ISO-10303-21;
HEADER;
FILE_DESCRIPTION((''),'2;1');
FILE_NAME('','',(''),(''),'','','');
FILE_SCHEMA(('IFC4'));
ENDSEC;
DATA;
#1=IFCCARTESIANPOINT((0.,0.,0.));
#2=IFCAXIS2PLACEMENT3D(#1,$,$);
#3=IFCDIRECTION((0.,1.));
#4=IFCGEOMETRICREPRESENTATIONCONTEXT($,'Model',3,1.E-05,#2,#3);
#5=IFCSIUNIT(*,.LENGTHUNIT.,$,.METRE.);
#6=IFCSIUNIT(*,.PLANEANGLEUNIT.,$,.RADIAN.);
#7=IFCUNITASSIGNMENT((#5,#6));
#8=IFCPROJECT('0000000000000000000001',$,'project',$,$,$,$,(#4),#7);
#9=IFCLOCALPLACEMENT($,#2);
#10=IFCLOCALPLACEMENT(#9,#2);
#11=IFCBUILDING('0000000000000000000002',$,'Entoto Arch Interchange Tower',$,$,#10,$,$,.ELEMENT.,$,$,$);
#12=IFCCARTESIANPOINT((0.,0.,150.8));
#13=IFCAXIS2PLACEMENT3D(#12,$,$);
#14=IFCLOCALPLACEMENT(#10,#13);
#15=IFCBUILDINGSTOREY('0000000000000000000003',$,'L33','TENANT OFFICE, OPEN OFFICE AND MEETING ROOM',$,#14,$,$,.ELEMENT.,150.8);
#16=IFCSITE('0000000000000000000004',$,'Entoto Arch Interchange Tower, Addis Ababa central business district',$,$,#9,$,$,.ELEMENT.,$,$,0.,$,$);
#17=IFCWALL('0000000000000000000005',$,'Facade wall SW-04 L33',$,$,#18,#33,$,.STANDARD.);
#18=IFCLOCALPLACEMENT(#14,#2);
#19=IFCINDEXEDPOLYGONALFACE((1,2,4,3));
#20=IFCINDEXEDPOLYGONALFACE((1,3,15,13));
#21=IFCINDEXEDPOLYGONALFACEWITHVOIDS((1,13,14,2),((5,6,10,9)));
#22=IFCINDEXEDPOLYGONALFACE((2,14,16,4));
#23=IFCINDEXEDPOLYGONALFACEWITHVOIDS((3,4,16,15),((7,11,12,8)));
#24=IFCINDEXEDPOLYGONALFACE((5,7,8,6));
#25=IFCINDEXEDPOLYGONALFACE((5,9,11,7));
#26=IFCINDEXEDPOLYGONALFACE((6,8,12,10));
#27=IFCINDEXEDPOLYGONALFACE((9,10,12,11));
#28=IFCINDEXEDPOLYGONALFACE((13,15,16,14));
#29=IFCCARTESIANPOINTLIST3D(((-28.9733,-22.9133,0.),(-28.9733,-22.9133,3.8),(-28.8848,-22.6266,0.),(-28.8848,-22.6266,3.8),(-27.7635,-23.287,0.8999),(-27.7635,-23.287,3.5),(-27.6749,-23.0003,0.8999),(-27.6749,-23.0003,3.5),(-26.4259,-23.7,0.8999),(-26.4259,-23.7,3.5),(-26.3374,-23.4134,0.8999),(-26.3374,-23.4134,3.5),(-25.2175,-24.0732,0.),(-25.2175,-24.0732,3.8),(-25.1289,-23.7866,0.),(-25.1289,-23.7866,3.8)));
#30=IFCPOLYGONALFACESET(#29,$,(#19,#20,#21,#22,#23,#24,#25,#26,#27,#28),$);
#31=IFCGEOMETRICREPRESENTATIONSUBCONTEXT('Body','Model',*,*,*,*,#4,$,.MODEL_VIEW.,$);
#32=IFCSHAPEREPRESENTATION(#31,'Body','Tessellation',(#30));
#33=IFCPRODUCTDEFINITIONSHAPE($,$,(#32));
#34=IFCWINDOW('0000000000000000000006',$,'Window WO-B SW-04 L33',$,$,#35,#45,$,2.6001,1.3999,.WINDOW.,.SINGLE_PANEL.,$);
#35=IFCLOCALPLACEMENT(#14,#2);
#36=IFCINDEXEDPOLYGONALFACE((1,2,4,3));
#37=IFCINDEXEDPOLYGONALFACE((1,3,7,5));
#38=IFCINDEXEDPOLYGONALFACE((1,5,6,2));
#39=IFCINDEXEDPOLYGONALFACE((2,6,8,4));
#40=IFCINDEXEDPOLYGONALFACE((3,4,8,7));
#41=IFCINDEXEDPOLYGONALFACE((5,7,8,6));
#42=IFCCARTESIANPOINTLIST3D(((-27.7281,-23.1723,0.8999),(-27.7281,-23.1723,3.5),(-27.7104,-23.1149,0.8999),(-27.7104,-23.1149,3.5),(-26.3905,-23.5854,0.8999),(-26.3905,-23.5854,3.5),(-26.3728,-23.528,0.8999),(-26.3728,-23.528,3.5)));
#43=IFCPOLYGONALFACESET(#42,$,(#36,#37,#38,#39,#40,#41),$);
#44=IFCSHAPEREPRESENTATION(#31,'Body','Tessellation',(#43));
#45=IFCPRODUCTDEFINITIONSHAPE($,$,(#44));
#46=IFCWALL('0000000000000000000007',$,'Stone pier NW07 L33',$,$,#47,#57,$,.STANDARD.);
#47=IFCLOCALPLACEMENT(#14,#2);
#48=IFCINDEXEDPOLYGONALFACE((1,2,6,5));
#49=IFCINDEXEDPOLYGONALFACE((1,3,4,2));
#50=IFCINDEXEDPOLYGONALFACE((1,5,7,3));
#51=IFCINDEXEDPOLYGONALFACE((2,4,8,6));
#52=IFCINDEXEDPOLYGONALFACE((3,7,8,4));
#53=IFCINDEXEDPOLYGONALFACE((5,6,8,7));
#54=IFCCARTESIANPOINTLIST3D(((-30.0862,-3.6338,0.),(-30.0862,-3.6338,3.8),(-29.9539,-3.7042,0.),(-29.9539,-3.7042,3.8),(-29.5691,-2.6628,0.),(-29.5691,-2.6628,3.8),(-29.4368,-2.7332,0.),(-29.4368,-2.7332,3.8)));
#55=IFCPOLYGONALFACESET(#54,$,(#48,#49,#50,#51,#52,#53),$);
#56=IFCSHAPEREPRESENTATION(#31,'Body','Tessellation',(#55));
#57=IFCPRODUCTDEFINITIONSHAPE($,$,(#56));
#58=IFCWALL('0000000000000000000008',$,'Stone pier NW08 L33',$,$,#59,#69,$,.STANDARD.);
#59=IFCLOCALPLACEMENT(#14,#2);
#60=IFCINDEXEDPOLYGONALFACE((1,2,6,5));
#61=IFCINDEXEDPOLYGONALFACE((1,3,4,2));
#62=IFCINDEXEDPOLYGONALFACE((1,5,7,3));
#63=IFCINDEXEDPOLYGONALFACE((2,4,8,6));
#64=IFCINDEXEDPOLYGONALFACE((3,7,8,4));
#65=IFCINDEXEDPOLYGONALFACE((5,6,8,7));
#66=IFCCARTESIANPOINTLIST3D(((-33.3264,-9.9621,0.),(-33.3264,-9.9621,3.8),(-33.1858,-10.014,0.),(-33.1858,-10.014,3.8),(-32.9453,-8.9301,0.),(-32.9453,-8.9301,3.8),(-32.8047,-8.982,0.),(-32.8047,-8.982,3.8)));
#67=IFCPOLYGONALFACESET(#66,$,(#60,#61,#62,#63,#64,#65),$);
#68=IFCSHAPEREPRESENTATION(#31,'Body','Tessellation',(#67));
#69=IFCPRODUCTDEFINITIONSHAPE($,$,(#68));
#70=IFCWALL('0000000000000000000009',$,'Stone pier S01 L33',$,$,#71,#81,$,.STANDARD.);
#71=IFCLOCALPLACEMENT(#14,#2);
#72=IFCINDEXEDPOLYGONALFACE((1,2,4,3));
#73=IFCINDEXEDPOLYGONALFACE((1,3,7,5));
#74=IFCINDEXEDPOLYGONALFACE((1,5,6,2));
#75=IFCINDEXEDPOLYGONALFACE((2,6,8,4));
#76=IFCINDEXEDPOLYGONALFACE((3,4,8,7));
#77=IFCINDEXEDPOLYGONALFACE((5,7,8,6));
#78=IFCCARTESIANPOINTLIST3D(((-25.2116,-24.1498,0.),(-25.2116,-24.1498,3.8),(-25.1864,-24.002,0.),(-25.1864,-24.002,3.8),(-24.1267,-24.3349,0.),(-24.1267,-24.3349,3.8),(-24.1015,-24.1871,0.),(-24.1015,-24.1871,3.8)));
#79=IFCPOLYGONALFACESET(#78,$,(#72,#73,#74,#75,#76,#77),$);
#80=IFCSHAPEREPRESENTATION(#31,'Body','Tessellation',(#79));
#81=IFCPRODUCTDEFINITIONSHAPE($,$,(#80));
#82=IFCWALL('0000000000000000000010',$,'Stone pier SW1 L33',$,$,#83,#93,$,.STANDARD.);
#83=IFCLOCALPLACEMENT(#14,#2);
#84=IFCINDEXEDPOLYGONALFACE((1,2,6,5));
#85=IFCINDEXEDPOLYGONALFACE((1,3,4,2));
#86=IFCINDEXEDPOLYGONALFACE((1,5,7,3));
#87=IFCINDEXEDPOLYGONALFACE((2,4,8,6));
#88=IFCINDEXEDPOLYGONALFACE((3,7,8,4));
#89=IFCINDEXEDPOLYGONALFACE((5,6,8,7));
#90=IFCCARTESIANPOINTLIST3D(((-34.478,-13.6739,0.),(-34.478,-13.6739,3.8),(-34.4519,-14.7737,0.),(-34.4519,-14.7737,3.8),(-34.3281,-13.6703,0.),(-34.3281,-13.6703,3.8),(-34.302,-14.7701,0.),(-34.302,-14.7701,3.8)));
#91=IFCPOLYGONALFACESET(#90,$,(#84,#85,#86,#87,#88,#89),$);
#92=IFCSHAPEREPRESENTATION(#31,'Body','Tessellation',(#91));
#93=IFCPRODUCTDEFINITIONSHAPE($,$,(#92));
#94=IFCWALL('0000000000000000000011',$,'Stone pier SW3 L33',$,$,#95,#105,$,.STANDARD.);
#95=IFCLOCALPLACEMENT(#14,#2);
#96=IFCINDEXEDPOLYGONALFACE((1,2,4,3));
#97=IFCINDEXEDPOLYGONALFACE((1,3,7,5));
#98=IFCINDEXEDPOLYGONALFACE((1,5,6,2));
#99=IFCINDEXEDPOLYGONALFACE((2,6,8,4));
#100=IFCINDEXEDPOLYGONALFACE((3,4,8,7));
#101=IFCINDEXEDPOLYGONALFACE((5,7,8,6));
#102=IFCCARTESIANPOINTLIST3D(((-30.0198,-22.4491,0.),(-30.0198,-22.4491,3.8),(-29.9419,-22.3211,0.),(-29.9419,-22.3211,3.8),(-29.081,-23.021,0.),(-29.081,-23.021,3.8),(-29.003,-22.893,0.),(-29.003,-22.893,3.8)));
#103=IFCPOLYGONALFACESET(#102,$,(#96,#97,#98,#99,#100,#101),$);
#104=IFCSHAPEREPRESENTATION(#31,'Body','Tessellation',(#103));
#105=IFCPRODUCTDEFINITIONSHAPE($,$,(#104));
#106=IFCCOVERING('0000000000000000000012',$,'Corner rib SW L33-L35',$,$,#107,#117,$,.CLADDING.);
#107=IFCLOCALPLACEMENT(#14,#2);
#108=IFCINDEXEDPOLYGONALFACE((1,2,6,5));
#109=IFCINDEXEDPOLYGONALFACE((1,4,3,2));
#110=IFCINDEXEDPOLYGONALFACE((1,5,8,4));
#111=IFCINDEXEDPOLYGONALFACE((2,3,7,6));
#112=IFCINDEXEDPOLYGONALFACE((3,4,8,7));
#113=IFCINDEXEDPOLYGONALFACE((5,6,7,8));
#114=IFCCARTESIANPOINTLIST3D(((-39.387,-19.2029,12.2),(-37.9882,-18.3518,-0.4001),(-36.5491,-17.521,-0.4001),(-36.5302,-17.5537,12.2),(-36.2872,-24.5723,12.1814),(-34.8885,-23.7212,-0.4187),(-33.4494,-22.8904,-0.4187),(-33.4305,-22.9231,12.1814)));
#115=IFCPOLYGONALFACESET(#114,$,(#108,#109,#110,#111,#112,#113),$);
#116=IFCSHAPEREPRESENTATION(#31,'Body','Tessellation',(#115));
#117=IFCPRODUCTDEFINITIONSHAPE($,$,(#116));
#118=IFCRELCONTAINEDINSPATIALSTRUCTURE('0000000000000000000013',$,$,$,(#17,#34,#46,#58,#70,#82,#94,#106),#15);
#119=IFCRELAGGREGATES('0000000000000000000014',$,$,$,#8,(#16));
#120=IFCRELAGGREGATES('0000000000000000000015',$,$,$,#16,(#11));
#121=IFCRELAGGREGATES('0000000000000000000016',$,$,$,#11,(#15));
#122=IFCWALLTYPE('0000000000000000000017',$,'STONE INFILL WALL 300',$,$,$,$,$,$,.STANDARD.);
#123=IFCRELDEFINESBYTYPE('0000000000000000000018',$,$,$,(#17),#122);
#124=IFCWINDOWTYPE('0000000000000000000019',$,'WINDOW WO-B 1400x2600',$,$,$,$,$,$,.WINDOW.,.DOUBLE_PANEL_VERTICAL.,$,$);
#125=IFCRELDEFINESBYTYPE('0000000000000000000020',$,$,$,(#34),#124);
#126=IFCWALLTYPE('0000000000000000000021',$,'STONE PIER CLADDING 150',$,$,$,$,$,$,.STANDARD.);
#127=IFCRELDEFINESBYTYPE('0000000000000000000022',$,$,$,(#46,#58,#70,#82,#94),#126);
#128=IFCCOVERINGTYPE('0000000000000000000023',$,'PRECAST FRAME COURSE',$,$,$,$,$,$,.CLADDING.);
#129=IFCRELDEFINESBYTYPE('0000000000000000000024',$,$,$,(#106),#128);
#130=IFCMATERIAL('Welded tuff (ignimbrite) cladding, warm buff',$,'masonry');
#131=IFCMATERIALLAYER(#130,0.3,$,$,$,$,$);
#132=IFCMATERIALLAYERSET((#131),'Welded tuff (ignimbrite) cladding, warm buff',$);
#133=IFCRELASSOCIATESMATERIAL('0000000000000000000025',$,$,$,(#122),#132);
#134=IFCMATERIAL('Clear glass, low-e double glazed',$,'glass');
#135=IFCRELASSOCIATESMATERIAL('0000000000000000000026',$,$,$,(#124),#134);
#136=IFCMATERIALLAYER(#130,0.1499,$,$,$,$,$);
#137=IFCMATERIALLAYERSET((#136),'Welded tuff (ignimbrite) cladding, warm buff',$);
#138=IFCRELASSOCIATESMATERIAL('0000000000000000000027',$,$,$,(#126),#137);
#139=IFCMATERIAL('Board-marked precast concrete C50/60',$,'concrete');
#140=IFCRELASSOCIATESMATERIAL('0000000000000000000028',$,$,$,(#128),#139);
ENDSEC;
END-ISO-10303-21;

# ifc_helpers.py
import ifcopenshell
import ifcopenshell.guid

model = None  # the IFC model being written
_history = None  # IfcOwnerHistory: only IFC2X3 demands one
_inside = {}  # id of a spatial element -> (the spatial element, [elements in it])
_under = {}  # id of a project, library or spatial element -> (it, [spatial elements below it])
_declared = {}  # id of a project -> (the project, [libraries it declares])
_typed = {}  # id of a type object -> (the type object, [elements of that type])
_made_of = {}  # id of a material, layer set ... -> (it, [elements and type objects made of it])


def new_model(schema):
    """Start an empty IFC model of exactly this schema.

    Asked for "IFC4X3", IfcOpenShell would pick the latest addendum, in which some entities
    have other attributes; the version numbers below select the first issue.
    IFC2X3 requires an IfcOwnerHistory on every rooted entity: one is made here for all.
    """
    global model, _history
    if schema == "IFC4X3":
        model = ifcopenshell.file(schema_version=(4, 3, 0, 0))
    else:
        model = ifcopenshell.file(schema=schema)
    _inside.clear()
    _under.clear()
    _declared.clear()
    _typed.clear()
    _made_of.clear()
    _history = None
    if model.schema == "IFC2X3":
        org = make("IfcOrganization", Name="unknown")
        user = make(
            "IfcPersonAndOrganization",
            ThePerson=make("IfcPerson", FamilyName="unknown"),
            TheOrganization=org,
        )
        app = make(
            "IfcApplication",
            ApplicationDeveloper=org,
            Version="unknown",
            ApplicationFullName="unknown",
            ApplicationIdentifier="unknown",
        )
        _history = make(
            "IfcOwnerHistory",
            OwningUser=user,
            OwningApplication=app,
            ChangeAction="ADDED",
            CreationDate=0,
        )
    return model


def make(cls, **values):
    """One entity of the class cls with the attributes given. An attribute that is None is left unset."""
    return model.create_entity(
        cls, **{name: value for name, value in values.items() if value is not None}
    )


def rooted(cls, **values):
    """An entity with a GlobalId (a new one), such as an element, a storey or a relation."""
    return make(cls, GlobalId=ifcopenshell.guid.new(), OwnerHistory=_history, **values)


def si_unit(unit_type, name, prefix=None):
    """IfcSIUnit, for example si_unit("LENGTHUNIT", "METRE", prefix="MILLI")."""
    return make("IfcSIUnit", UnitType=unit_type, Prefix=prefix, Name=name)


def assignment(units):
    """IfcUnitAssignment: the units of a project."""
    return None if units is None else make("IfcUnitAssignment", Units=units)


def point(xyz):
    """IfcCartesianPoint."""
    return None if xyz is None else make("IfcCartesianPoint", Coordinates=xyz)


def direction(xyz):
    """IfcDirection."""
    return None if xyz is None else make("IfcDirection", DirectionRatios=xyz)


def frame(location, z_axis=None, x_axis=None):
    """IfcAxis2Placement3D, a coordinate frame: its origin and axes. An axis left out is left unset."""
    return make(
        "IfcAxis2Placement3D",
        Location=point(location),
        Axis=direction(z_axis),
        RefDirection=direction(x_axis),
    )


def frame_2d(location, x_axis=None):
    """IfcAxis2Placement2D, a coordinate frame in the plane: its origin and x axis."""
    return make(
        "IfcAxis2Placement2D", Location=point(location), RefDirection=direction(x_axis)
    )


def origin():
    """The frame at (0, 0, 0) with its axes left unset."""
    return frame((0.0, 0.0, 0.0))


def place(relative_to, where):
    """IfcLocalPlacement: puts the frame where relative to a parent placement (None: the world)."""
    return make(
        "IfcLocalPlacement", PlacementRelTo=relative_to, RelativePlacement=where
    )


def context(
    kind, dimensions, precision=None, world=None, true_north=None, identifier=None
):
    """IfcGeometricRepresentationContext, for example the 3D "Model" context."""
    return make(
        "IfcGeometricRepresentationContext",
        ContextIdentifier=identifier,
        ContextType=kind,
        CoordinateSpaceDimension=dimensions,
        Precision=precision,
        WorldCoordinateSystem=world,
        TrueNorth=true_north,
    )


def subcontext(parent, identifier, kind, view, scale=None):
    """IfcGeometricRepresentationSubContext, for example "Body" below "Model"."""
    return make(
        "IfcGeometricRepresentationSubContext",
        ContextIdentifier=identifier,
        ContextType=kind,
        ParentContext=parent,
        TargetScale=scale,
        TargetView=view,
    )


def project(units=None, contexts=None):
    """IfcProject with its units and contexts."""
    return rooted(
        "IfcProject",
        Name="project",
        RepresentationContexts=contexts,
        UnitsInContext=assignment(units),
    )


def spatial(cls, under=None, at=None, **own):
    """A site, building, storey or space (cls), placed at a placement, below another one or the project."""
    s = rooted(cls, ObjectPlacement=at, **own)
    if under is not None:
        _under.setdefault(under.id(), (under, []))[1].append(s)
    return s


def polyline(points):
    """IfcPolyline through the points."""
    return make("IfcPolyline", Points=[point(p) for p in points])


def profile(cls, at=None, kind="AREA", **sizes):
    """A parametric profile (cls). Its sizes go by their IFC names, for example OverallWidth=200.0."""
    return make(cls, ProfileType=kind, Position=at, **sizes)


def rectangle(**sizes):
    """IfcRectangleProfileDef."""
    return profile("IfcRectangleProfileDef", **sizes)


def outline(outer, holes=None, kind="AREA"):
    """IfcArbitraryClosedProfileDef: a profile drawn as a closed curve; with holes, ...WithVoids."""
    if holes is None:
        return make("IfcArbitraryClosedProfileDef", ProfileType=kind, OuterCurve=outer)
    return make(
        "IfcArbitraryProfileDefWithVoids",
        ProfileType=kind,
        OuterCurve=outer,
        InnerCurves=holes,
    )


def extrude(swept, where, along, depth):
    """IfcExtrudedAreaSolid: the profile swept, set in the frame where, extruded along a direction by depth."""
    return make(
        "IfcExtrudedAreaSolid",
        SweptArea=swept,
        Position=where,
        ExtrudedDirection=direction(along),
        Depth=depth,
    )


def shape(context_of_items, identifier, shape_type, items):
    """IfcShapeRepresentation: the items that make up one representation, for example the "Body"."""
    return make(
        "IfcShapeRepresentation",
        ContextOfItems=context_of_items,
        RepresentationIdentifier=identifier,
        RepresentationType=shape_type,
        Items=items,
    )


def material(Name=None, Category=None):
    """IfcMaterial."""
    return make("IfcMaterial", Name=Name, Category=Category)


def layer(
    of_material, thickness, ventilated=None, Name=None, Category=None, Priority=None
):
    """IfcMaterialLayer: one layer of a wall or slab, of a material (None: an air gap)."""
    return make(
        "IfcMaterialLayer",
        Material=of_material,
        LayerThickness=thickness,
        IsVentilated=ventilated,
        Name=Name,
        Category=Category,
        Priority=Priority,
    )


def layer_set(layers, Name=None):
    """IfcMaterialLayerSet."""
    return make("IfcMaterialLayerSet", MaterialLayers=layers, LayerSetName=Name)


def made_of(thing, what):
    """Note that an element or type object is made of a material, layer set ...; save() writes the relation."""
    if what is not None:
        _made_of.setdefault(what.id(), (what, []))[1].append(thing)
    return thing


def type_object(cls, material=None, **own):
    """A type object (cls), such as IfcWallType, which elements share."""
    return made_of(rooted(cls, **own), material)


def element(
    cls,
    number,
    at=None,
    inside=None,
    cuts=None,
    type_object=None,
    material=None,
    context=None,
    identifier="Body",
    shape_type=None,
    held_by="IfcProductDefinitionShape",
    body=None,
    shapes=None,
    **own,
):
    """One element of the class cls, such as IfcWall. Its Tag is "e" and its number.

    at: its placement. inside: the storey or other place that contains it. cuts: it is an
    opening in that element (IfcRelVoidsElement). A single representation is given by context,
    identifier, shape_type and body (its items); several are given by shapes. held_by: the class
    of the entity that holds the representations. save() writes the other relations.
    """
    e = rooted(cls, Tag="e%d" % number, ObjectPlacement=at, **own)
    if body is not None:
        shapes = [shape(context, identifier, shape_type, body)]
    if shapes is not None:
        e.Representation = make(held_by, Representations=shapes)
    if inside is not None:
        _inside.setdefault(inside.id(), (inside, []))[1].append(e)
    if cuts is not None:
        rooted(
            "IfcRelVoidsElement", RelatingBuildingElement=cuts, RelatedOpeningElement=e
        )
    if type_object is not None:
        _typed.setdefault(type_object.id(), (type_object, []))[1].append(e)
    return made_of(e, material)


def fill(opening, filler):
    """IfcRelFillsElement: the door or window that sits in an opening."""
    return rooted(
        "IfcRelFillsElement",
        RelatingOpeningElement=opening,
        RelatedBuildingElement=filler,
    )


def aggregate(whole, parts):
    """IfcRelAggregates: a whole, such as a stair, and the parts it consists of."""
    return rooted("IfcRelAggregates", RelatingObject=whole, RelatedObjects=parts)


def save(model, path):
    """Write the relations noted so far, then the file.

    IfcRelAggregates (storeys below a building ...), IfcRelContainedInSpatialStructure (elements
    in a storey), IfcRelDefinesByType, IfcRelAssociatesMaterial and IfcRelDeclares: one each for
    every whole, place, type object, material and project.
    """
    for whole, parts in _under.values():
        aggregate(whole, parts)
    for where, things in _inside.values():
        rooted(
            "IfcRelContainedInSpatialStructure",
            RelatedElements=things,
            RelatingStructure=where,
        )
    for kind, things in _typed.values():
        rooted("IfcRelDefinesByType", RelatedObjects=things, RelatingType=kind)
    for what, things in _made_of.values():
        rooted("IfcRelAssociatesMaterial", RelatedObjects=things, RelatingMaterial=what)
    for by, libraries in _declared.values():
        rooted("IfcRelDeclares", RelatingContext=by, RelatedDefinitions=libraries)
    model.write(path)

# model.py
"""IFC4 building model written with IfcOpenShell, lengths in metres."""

from ifc_helpers import new_model, si_unit, direction, frame, frame_2d, origin, place, context, subcontext, project, spatial, polyline, rectangle, outline, extrude, material, layer, layer_set, type_object, element, fill, save


model = new_model("IFC4")

# Units and contexts
model_context = context("Model", 3, precision=1e-05, world=origin(), true_north=direction((0.0, 1.0)))
body_context = subcontext(model_context, "Body", "Model", "MODEL_VIEW")
ifc_project = project(units=[si_unit("LENGTHUNIT", "METRE"), si_unit("PLANEANGLEUNIT", "RADIAN")], contexts=[model_context])

# Site, building, storey
site_placement = place(None, origin())
site = spatial("IfcSite", under=ifc_project, at=site_placement, Name="Entoto Arch Interchange Tower, Addis Ababa central business district", CompositionType="ELEMENT", RefElevation=0.0)
building_placement = place(site_placement, origin())
building = spatial("IfcBuilding", under=site, at=building_placement, Name="Entoto Arch Interchange Tower", CompositionType="ELEMENT")
storey_placement = place(building_placement, frame((0.0, 0.0, 150.8)))
storey = spatial("IfcBuildingStorey", under=building, at=storey_placement, Name="L33", Description="TENANT OFFICE, OPEN OFFICE AND MEETING ROOM", CompositionType="ELEMENT", Elevation=150.8)

# Shared definitions
ifc_material_1 = material(Name="Welded tuff (ignimbrite) cladding, warm buff", Category="masonry")
ifc_layer_1 = layer(ifc_material_1, 0.3)
ifc_layer_set_1 = layer_set([ifc_layer_1], Name="Welded tuff (ignimbrite) cladding, warm buff")
wall_type_1 = type_object("IfcWallType", Name="STONE INFILL WALL 300", PredefinedType="STANDARD", material=ifc_layer_set_1)
ifc_material_2 = material(Name="Clear glass, low-e double glazed", Category="glass")

# Wall, opening, window
window_type_1 = type_object("IfcWindowType", Name="WINDOW WO-B 1400x2600", PartitioningType="DOUBLE_PANEL_VERTICAL", PredefinedType="WINDOW", material=ifc_material_2)
wall_1_placement = place(storey_placement, frame((-28.929, -22.77, 0.0), z_axis=(0.0, 0.0, 1.0), x_axis=(0.955474, -0.295076, 0.0)))
wall_1 = element("IfcWall", 1, at=wall_1_placement, inside=storey, type_object=wall_type_1, Name="Facade wall SW-04 L33", PredefinedType="STANDARD", context=body_context, shape_type="SweptSolid", body=[
    extrude(rectangle(XDim=3.9309, YDim=0.3, at=frame_2d((1.9653, 0.0))), origin(), (0.0, 0.0, 1.0), 3.8),
])
opening_1_placement = place(wall_1_placement, frame((1.2661, 0.0, 0.8999)))
opening_1 = element("IfcOpeningElement", 2, at=opening_1_placement, cuts=wall_1, PredefinedType="OPENING", context=body_context, shape_type="SweptSolid", body=[
    extrude(rectangle(XDim=1.3999, YDim=2.6001, at=frame_2d((0.7, 1.3))), frame((0.0, 0.1602, 0.0), z_axis=(0.0, -1.0, 0.0), x_axis=(1.0, 0.0, 0.0)), (0.0, 0.0, 1.0), 0.3201),
])
window_1_placement = place(opening_1_placement, origin())
window_1 = element("IfcWindow", 3, at=window_1_placement, inside=storey, type_object=window_type_1, Name="Window WO-B SW-04 L33", OverallHeight=2.6001, OverallWidth=1.3999, PartitioningType="SINGLE_PANEL", PredefinedType="WINDOW", context=body_context, shape_type="SweptSolid", body=[
    extrude(rectangle(XDim=1.3999, YDim=2.6001, at=frame_2d((0.7, 1.3))), frame((0.0, 0.03, 0.0), z_axis=(0.0, -1.0, 0.0), x_axis=(1.0, 0.0, 0.0)), (0.0, 0.0, 1.0), 0.0601),
])
fill(opening_1, window_1)

# Walls
ifc_layer_2 = layer(ifc_material_1, 0.1499)
ifc_layer_set_2 = layer_set([ifc_layer_2], Name="Welded tuff (ignimbrite) cladding, warm buff")
wall_type_2 = type_object("IfcWallType", Name="STONE PIER CLADDING 150", PredefinedType="STANDARD", material=ifc_layer_set_2)
for number, where, z_axis, x_axis, name in (
    (4, (-29.5029, -2.698, 0.0), (0.0, 0.0, 1.0), (-0.470058, -0.882635, 0.0), "Stone pier NW07 L33"),
    (5, (-32.875, -8.9561, 0.0), (0.0, 0.0, 1.0), (-0.346425, -0.938078, 0.0), "Stone pier NW08 L33"),
):
    element("IfcWall", number, at=place(storey_placement, frame(where, z_axis=z_axis, x_axis=x_axis)), inside=storey, type_object=wall_type_2, Name=name, PredefinedType="STANDARD", context=body_context, shape_type="SweptSolid", body=[
        extrude(rectangle(XDim=1.1001, YDim=0.1499, at=frame_2d((0.55, 0.0))), origin(), (0.0, 0.0, 1.0), 3.8),
    ])
wall_2_placement = place(storey_placement, frame((-25.199, -24.0759, 0.0), z_axis=(0.0, 0.0, 1.0), x_axis=(0.985763, -0.168139, 0.0)))
element("IfcWall", 6, at=wall_2_placement, inside=storey, type_object=wall_type_2, Name="Stone pier S01 L33", PredefinedType="STANDARD", context=body_context, shape_type="SweptSolid", body=[
    extrude(rectangle(XDim=1.1006, YDim=0.1499, at=frame_2d((0.5503, 0.0))), origin(), (0.0, 0.0, 1.0), 3.8),
])
wall_3_placement = place(storey_placement, frame((-34.4031, -13.6721, 0.0), z_axis=(0.0, 0.0, 1.0), x_axis=(0.023745, -0.999718, 0.0)))
element("IfcWall", 7, at=wall_3_placement, inside=storey, type_object=wall_type_2, Name="Stone pier SW1 L33", PredefinedType="STANDARD", context=body_context, shape_type="SweptSolid", body=[
    extrude(rectangle(XDim=1.1001, YDim=0.1499, at=frame_2d((0.55, 0.0))), origin(), (0.0, 0.0, 1.0), 3.8),
])
wall_4_placement = place(storey_placement, frame((-29.981, -22.385, 0.0), z_axis=(0.0, 0.0, 1.0), x_axis=(0.854006, -0.520264, 0.0)))
element("IfcWall", 8, at=wall_4_placement, inside=storey, type_object=wall_type_2, Name="Stone pier SW3 L33", PredefinedType="STANDARD", context=body_context, shape_type="SweptSolid", body=[
    extrude(rectangle(XDim=1.0994, YDim=0.1499, at=frame_2d((0.5498, 0.0))), origin(), (0.0, 0.0, 1.0), 3.8),
])

# Covering
ifc_material_3 = material(Name="Board-marked precast concrete C50/60", Category="concrete")
covering_type = type_object("IfcCoveringType", Name="PRECAST FRAME COURSE", PredefinedType="CLADDING", material=ifc_material_3)
covering_1_placement = place(storey_placement, frame((-36.5491, -17.521, -0.4001), z_axis=(-0.499959, 0.866044, 0.002997), x_axis=(-0.866048, -0.499961, 0.000001)))
element("IfcCovering", 9, at=covering_1_placement, inside=storey, type_object=covering_type, Name="Corner rib SW L33-L35", PredefinedType="CLADDING", context=body_context, shape_type="SweptSolid", body=[
    extrude(outline(polyline([(0.0, 0.0), (1.6617, 0.0), (3.2986, 12.6002), (0.0, 12.6002), (0.0, 0.0)])), origin(), (0.0, 0.0, -1.0), 6.2),
])

save(model, "model.ifc")
